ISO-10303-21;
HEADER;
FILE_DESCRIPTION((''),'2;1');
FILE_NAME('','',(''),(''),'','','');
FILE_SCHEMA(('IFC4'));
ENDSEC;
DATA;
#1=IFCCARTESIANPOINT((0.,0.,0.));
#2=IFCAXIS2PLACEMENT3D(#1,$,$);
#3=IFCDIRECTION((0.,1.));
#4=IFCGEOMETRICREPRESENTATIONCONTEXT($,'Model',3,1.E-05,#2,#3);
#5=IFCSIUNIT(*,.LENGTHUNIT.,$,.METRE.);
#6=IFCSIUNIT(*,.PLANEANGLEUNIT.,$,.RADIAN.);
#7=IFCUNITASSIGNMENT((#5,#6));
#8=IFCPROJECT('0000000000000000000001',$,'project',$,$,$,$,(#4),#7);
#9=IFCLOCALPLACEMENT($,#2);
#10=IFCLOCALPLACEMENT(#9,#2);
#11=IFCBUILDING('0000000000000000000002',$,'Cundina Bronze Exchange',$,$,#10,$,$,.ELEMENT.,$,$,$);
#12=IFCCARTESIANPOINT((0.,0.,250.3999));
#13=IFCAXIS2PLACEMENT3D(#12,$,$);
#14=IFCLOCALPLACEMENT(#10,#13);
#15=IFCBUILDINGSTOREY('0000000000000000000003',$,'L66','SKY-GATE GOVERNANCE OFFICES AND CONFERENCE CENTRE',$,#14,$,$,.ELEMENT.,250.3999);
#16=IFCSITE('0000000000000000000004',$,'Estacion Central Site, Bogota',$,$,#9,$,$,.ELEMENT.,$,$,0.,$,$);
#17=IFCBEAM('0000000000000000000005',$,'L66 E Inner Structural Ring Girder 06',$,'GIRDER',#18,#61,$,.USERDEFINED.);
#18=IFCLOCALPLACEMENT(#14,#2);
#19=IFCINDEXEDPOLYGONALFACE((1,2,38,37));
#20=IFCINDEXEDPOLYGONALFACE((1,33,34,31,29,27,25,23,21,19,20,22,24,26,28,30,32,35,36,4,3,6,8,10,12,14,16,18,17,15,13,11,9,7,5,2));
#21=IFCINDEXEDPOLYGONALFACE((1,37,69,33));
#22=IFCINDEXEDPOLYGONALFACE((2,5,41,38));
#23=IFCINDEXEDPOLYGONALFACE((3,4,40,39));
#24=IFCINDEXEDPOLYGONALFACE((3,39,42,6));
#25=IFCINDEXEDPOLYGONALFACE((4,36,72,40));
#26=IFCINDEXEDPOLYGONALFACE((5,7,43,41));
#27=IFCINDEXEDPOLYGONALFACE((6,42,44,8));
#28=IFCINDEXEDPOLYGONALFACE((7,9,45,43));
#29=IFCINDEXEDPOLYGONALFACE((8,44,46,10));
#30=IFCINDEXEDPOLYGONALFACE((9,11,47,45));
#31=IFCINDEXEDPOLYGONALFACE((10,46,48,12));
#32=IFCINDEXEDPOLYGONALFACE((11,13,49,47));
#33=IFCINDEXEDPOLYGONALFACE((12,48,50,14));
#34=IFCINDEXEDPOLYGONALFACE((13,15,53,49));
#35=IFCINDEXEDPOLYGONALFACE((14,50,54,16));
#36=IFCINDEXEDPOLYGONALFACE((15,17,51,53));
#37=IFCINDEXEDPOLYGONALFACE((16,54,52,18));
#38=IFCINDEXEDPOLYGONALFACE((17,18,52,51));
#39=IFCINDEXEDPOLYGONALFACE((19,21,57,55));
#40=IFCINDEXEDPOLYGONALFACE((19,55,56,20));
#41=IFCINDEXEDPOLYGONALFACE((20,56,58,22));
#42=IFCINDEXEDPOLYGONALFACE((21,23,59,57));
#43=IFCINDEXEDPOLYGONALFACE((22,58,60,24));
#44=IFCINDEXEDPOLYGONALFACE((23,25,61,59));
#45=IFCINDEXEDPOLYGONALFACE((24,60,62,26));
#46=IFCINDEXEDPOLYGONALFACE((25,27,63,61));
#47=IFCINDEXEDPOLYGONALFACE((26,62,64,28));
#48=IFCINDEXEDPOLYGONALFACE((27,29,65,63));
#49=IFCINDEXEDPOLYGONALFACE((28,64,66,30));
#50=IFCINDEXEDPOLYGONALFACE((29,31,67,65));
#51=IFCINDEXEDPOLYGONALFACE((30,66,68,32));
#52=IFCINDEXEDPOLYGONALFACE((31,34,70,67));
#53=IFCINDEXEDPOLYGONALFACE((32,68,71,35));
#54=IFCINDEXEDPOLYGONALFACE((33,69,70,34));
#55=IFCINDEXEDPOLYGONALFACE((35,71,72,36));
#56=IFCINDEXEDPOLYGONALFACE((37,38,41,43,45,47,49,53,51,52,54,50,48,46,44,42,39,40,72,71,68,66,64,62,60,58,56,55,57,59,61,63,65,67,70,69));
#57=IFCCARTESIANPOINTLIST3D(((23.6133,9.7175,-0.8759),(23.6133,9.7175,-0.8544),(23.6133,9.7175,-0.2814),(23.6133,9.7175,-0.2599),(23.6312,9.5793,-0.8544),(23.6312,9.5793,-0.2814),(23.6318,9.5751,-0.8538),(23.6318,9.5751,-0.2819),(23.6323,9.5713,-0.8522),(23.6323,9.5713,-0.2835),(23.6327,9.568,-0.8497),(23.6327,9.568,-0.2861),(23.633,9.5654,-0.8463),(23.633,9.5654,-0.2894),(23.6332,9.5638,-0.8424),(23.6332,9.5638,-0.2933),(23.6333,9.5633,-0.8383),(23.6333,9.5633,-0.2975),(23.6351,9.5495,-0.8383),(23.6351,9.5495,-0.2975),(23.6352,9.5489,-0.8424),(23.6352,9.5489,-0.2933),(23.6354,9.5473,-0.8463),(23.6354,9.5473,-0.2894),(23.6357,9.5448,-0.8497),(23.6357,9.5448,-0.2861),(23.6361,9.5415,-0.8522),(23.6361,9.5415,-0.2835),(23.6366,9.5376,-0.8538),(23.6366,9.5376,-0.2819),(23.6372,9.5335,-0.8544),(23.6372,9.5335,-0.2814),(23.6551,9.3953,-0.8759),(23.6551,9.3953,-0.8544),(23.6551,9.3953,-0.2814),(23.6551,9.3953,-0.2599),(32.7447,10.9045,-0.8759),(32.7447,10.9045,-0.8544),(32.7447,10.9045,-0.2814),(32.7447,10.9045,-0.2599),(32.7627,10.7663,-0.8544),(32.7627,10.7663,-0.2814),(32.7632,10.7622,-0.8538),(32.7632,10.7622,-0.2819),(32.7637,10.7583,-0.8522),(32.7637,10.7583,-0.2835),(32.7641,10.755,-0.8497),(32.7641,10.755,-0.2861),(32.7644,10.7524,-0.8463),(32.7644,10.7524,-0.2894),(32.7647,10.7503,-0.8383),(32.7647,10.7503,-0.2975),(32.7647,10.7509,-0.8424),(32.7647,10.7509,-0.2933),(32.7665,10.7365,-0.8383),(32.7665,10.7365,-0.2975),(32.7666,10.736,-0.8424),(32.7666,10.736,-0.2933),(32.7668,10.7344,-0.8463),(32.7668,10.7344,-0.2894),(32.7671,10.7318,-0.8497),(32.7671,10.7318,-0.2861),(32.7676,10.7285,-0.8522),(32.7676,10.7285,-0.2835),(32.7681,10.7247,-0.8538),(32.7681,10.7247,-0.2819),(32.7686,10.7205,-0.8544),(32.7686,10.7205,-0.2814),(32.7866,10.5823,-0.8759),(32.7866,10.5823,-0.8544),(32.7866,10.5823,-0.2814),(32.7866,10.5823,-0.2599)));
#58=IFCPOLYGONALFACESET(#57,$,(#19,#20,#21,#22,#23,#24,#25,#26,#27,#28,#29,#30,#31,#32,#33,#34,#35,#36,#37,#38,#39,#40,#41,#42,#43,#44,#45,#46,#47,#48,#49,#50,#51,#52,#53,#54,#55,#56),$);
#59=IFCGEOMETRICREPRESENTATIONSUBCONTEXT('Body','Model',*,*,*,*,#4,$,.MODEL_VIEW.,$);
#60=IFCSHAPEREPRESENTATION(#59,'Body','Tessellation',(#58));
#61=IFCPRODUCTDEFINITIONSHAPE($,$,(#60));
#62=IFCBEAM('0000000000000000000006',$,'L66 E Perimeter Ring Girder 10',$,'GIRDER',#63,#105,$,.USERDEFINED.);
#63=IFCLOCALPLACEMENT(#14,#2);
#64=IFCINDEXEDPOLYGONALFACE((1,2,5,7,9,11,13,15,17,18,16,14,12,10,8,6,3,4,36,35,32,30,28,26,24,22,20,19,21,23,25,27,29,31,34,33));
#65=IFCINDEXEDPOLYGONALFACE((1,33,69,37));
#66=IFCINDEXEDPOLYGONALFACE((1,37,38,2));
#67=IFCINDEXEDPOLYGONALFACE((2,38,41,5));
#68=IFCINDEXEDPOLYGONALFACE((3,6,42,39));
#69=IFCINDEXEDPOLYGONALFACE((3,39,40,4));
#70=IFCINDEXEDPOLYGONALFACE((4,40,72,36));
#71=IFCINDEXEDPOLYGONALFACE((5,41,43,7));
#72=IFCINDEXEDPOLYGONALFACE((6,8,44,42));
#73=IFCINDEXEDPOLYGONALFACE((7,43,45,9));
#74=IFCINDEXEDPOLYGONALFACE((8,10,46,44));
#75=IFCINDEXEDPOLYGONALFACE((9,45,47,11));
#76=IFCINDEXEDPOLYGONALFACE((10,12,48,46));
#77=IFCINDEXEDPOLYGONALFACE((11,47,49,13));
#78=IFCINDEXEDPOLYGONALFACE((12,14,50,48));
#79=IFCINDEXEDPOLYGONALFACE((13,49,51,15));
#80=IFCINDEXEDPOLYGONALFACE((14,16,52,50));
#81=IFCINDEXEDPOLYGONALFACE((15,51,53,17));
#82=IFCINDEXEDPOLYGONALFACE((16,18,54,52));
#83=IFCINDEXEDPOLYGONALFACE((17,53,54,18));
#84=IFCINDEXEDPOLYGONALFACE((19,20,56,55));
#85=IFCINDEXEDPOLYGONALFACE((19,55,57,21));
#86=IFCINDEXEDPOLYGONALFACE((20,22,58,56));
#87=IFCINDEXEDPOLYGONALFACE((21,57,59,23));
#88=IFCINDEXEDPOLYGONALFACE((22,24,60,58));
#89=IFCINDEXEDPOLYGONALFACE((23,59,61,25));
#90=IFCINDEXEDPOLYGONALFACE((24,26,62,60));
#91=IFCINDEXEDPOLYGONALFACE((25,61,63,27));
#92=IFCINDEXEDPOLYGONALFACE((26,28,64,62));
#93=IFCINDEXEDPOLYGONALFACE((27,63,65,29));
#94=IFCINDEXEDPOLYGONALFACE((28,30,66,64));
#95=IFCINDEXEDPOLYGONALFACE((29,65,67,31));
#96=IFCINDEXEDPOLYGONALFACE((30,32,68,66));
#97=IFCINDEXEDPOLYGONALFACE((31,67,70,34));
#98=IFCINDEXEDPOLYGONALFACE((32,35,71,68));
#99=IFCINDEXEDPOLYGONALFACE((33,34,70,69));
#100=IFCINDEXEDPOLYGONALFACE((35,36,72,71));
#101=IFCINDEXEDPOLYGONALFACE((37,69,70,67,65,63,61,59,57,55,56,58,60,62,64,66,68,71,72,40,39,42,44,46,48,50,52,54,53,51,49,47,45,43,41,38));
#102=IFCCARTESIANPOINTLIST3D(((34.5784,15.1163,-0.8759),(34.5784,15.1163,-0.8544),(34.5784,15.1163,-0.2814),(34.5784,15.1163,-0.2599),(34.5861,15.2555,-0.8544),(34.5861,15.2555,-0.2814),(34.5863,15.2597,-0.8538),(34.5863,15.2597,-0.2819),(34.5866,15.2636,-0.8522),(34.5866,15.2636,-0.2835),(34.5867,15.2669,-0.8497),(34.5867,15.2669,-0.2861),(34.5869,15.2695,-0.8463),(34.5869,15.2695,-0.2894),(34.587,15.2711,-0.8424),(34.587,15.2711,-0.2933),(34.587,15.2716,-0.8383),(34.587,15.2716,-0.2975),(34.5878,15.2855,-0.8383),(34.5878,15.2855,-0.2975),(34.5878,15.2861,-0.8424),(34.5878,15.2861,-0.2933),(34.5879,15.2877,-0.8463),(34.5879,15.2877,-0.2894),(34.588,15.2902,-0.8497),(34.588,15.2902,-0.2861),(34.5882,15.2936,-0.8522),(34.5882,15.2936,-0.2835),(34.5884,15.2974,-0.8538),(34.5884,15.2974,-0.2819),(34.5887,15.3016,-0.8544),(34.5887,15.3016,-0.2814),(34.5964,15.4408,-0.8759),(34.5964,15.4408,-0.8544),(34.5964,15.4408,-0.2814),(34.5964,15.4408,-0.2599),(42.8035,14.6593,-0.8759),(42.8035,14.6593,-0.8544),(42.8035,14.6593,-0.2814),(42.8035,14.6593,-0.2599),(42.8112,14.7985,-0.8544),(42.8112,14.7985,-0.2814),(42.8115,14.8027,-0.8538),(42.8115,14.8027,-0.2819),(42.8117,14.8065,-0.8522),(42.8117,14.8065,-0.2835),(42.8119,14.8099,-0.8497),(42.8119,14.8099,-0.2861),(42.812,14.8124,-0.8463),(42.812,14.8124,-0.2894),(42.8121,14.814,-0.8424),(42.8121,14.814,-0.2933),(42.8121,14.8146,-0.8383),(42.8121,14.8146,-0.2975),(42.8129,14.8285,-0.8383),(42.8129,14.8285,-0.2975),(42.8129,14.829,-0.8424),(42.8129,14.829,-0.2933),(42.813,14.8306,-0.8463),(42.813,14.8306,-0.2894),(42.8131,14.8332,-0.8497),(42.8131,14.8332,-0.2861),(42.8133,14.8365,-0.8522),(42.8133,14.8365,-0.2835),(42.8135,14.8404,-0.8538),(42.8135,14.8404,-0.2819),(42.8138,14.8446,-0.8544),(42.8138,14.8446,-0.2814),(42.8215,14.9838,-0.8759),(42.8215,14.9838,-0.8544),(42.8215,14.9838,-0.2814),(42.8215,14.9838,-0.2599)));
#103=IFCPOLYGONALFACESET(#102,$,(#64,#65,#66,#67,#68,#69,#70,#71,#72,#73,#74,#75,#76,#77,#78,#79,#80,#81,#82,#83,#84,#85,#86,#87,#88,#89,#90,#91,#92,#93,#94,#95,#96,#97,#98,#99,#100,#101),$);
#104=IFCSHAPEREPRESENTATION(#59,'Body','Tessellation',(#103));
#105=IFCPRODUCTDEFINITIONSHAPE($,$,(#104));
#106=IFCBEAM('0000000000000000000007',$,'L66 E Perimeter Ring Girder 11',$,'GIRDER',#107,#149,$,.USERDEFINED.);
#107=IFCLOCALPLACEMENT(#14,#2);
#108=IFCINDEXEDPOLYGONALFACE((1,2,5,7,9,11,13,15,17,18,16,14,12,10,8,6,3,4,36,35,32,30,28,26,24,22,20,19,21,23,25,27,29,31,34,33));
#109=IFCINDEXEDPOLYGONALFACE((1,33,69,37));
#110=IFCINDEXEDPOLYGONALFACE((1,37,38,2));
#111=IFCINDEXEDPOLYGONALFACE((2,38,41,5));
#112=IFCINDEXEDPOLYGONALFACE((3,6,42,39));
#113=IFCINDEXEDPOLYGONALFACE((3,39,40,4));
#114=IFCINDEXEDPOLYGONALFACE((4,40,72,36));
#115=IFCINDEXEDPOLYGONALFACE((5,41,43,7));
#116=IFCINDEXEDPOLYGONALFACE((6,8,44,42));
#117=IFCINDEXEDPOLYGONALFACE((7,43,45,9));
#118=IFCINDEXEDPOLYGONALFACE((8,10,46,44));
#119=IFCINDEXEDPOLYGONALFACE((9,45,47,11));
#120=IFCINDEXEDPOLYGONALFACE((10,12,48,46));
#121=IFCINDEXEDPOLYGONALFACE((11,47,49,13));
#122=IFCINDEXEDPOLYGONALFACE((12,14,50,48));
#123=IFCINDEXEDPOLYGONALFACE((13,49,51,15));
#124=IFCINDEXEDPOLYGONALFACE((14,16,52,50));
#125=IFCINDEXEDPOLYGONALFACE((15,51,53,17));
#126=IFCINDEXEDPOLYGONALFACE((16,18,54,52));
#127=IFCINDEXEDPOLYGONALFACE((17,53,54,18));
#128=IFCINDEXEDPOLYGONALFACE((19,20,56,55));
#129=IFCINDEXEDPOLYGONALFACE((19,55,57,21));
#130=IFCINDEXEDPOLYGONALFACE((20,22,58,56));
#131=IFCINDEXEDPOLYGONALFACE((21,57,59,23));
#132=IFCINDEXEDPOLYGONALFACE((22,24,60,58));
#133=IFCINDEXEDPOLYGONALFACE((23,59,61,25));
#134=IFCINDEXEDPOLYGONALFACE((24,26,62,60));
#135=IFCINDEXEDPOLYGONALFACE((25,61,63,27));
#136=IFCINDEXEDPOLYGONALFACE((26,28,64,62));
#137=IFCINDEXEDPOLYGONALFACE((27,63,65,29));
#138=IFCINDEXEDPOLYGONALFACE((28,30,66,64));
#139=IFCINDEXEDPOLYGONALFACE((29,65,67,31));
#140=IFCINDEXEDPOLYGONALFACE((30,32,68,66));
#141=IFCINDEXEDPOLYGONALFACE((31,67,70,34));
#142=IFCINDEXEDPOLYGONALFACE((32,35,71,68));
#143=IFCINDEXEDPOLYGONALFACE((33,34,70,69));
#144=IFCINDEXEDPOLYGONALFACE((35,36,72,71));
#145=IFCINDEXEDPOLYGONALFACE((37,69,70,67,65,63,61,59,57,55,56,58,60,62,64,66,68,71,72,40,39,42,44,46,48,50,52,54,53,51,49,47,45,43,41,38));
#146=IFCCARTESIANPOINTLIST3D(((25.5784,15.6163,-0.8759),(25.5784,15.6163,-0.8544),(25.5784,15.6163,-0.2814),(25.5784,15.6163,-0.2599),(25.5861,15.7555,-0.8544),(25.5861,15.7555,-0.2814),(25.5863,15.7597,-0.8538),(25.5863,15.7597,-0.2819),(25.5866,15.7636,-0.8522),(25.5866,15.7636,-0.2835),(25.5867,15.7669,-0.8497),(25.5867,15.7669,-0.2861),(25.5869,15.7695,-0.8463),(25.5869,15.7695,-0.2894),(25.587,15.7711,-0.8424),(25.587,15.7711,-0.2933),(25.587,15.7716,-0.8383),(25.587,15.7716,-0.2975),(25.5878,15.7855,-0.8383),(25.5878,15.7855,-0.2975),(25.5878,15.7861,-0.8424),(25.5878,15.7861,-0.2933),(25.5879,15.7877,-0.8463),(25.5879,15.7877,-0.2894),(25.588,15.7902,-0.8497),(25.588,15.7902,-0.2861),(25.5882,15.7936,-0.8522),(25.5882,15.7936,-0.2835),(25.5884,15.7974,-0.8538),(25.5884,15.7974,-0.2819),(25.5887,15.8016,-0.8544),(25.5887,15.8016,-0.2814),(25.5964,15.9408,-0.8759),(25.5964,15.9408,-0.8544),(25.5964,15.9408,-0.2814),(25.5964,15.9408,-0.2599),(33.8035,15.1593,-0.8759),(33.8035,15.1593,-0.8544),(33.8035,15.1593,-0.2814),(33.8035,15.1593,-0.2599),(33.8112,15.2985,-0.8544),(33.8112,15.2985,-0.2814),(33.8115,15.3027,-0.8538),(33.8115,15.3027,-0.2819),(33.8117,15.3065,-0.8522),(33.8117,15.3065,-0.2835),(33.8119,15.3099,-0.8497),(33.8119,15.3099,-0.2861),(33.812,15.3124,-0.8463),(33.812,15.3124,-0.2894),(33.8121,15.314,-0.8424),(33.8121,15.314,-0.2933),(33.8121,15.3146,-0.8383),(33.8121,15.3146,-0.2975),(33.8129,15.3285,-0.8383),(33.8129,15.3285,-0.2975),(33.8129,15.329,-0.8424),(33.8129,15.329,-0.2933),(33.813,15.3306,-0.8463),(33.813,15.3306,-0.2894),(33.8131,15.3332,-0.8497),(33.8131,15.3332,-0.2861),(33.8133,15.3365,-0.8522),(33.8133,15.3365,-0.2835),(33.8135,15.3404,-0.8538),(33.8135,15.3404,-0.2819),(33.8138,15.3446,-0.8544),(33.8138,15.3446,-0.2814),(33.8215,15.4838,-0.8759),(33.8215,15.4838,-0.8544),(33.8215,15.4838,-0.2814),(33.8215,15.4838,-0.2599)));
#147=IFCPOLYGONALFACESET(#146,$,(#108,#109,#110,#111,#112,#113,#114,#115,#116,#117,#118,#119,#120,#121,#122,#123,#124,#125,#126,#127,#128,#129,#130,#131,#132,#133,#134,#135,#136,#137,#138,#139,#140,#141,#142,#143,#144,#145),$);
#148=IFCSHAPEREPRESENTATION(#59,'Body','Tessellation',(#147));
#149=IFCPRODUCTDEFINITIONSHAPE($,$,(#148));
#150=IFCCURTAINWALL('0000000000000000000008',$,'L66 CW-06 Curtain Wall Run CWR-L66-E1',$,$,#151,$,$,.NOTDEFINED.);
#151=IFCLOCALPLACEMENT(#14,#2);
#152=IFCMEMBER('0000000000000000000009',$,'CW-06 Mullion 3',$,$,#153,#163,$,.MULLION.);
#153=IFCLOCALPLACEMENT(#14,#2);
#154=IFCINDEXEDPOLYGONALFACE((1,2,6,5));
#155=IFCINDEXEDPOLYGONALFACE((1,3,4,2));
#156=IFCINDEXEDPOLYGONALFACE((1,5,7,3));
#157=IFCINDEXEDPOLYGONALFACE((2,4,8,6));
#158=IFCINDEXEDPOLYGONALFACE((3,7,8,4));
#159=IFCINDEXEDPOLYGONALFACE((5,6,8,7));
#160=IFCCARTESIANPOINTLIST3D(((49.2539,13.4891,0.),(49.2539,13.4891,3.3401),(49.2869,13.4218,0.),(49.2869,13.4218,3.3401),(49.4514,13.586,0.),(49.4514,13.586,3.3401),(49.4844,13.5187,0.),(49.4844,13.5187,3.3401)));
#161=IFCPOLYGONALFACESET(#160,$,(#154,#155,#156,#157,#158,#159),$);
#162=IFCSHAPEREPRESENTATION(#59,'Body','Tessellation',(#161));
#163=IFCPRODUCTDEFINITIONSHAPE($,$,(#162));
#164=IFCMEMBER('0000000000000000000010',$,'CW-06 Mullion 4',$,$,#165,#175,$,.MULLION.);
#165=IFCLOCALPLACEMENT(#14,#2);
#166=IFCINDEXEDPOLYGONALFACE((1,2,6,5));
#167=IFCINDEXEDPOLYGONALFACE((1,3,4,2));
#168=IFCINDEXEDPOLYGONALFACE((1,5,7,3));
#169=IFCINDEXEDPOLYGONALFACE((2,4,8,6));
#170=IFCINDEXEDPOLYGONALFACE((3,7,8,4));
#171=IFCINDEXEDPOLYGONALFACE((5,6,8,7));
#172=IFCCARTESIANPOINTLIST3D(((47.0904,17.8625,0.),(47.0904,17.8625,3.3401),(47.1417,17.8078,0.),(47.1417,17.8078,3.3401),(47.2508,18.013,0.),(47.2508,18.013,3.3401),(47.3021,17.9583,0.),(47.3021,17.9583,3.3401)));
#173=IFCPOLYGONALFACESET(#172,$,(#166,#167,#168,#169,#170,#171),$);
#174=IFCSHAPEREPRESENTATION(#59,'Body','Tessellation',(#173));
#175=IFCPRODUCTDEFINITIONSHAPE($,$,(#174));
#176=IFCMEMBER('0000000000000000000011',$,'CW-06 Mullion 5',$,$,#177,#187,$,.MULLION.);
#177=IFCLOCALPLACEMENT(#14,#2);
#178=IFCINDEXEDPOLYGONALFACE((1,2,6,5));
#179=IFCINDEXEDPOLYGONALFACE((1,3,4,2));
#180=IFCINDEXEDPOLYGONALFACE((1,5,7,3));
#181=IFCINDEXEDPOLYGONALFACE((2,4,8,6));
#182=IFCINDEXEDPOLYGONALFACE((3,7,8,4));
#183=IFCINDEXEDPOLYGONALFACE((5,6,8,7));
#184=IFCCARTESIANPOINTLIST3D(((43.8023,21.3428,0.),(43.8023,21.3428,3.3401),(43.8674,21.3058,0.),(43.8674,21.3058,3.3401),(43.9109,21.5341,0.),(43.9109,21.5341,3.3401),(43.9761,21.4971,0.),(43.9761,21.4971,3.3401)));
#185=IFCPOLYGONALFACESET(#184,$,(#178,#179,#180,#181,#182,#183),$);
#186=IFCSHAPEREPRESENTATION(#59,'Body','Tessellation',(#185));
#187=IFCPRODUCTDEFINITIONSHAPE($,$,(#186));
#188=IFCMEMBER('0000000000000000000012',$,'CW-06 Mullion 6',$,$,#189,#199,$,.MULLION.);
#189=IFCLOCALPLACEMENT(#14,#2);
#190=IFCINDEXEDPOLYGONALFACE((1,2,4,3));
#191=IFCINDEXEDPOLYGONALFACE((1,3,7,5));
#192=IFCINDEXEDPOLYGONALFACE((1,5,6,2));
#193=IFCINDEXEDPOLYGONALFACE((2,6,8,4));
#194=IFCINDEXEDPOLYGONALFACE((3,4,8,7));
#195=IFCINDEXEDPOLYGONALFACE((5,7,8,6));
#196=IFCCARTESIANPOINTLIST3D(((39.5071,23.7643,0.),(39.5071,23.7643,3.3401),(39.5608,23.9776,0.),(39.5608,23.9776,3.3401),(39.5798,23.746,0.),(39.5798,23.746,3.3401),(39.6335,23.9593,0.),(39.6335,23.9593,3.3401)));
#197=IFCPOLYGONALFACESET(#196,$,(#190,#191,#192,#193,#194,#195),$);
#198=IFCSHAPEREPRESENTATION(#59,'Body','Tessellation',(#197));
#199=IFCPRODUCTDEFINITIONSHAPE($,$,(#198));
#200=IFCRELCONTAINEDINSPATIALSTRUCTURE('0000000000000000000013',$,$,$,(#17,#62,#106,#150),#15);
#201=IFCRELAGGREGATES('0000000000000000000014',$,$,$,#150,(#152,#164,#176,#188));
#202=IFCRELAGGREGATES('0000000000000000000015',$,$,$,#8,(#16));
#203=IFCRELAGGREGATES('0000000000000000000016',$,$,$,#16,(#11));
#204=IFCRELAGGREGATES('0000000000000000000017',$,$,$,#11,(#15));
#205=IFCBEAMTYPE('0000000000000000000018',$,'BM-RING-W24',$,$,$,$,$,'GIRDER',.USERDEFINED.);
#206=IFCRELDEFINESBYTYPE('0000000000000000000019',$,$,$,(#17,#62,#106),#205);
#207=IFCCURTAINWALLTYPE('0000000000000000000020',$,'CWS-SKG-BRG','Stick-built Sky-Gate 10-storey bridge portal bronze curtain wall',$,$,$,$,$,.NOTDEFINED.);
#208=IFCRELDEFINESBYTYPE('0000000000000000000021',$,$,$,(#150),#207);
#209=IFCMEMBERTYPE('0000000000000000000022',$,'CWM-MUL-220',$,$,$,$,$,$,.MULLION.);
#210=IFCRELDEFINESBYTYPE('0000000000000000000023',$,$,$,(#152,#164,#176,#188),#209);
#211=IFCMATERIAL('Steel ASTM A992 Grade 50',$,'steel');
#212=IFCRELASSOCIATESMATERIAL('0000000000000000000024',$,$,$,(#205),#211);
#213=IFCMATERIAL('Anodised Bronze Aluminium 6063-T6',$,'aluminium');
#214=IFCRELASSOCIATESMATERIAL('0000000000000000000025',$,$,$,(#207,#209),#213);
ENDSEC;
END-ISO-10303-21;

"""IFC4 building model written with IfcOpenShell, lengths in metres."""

from ifc_helpers import new_model, si_unit, direction, frame, origin, origin_2d, place, context, subcontext, project, spatial, rectangle, i_section, extrude, material, material_profile, profile_set, type_object, element, aggregate, save


model = new_model("IFC4")

# Units and contexts
model_context = context("Model", 3, precision=1e-05, world=origin(), true_north=direction((0.0, 1.0)))
body_context = subcontext(model_context, "Body", "Model", "MODEL_VIEW")
ifc_project = project(units=[si_unit("LENGTHUNIT", "METRE"), si_unit("PLANEANGLEUNIT", "RADIAN")], contexts=[model_context])

# Site, building, storey
site_placement = place(None, origin())
site = spatial("IfcSite", under=ifc_project, at=site_placement, Name="Estacion Central Site, Bogota", CompositionType="ELEMENT", RefElevation=0.0)
building_placement = place(site_placement, origin())
building = spatial("IfcBuilding", under=site, at=building_placement, Name="Cundina Bronze Exchange", CompositionType="ELEMENT")
storey_placement = place(building_placement, frame((0.0, 0.0, 250.3999)))
storey = spatial("IfcBuildingStorey", under=building, at=storey_placement, Name="L66", Description="SKY-GATE GOVERNANCE OFFICES AND CONFERENCE CENTRE", CompositionType="ELEMENT", Elevation=250.3999)

# Beams
ifc_material_1 = material(Name="Steel ASTM A992 Grade 50", Category="steel")
ifc_material_profile_1 = material_profile(ifc_material_1, i_section(OverallWidth=0.325, OverallDepth=0.616, WebThickness=0.0139, FlangeThickness=0.0215, FilletRadius=0.0161, at=origin_2d()), Name="W24X117", Category="steel")
ifc_profile_set_1 = profile_set([ifc_material_profile_1], Name="Steel ASTM A992 Grade 50")
beam_type_1 = type_object("IfcBeamType", Name="BM-RING-W24", ElementType="GIRDER", PredefinedType="USERDEFINED", material=ifc_profile_set_1)
beam_1_placement = place(storey_placement, frame((32.7656, 10.7434, -0.5679), z_axis=(-0.991656, -0.128908, 0.0), x_axis=(0.128908, -0.991656, 0.0)))
element("IfcBeam", 1, at=beam_1_placement, inside=storey, type_object=beam_type_1, Name="L66 E Inner Structural Ring Girder 06", ObjectType="GIRDER", PredefinedType="USERDEFINED", context=body_context, shape_type="SweptSolid", body=[
    extrude(i_section(OverallWidth=0.325, OverallDepth=0.616, WebThickness=0.0139, FlangeThickness=0.0215, FilletRadius=0.0161, at=origin_2d()), origin(), (0.0, 0.0, 1.0), 9.2083),
])
for number, where, z_axis, x_axis, name in (
    (2, (42.8125, 14.8215, -0.5679), (-0.99846, 0.05548, 0.0), (-0.05548, -0.99846, 0.0), "L66 E Perimeter Ring Girder 10"),
    (3, (33.8125, 15.3215, -0.5679), (-0.99846, 0.05548, 0.0), (-0.05548, -0.99846, 0.0), "L66 E Perimeter Ring Girder 11"),
):
    element("IfcBeam", number, at=place(storey_placement, frame(where, z_axis=z_axis, x_axis=x_axis)), inside=storey, type_object=beam_type_1, Name=name, ObjectType="GIRDER", PredefinedType="USERDEFINED", context=body_context, shape_type="SweptSolid", body=[
        extrude(i_section(OverallWidth=0.325, OverallDepth=0.616, WebThickness=0.0139, FlangeThickness=0.0215, FilletRadius=0.0161, at=origin_2d()), origin(), (0.0, 0.0, 1.0), 8.2378),
    ])

# Curtain wall, members
ifc_material_2 = material(Name="Anodised Bronze Aluminium 6063-T6", Category="aluminium")
curtain_wall_type = type_object("IfcCurtainWallType", Name="CWS-SKG-BRG", Description="Stick-built Sky-Gate 10-storey bridge portal bronze curtain wall", PredefinedType="NOTDEFINED", material=ifc_material_2)
curtain_wall_1_placement = place(storey_placement, origin())
curtain_wall_1 = element("IfcCurtainWall", 4, at=curtain_wall_1_placement, inside=storey, type_object=curtain_wall_type, Name="L66 CW-06 Curtain Wall Run CWR-L66-E1", PredefinedType="NOTDEFINED")
ifc_material_profile_2 = material_profile(ifc_material_2, rectangle(XDim=0.075, YDim=0.22, at=origin_2d()), Name="AL75X220", Category="aluminium")
ifc_profile_set_2 = profile_set([ifc_material_profile_2], Name="Anodised Bronze Aluminium 6063-T6")
member_type_1 = type_object("IfcMemberType", Name="CWM-MUL-220", PredefinedType="MULLION", material=ifc_profile_set_2)
member_1_placement = place(storey_placement, frame((49.3691, 13.5039, 0.0), z_axis=(0.0, 0.0, 1.0), x_axis=(-0.440566, 0.89772, 0.0)))
member_1 = element("IfcMember", 5, at=member_1_placement, type_object=member_type_1, Name="CW-06 Mullion 3", PredefinedType="MULLION", context=body_context, shape_type="SweptSolid", body=[
    extrude(rectangle(XDim=0.075, YDim=0.22, at=origin_2d()), origin(), (0.0, 0.0, 1.0), 3.3401),
])
member_2_placement = place(storey_placement, frame((47.1963, 17.9104, 0.0), z_axis=(0.0, 0.0, 1.0), x_axis=(-0.684293, 0.729208, 0.0)))
member_2 = element("IfcMember", 6, at=member_2_placement, type_object=member_type_1, Name="CW-06 Mullion 4", PredefinedType="MULLION", context=body_context, shape_type="SweptSolid", body=[
    extrude(rectangle(XDim=0.075, YDim=0.22, at=origin_2d()), origin(), (0.0, 0.0, 1.0), 3.3401),
])
member_3_placement = place(storey_placement, frame((43.8892, 21.4199, 0.0), z_axis=(0.0, 0.0, 1.0), x_axis=(-0.869581, 0.49379, 0.0)))
member_3 = element("IfcMember", 7, at=member_3_placement, type_object=member_type_1, Name="CW-06 Mullion 5", PredefinedType="MULLION", context=body_context, shape_type="SweptSolid", body=[
    extrude(rectangle(XDim=0.075, YDim=0.22, at=origin_2d()), origin(), (0.0, 0.0, 1.0), 3.3401),
])
member_4_placement = place(storey_placement, frame((39.5703, 23.8618, 0.0), z_axis=(0.0, 0.0, 1.0), x_axis=(-0.969744, 0.244123, 0.0)))
member_4 = element("IfcMember", 8, at=member_4_placement, type_object=member_type_1, Name="CW-06 Mullion 6", PredefinedType="MULLION", context=body_context, shape_type="SweptSolid", body=[
    extrude(rectangle(XDim=0.075, YDim=0.22, at=origin_2d()), origin(), (0.0, 0.0, 1.0), 3.3401),
])

aggregate(curtain_wall_1, [member_1, member_2, member_3, member_4])

save(model, "model.ifc")
